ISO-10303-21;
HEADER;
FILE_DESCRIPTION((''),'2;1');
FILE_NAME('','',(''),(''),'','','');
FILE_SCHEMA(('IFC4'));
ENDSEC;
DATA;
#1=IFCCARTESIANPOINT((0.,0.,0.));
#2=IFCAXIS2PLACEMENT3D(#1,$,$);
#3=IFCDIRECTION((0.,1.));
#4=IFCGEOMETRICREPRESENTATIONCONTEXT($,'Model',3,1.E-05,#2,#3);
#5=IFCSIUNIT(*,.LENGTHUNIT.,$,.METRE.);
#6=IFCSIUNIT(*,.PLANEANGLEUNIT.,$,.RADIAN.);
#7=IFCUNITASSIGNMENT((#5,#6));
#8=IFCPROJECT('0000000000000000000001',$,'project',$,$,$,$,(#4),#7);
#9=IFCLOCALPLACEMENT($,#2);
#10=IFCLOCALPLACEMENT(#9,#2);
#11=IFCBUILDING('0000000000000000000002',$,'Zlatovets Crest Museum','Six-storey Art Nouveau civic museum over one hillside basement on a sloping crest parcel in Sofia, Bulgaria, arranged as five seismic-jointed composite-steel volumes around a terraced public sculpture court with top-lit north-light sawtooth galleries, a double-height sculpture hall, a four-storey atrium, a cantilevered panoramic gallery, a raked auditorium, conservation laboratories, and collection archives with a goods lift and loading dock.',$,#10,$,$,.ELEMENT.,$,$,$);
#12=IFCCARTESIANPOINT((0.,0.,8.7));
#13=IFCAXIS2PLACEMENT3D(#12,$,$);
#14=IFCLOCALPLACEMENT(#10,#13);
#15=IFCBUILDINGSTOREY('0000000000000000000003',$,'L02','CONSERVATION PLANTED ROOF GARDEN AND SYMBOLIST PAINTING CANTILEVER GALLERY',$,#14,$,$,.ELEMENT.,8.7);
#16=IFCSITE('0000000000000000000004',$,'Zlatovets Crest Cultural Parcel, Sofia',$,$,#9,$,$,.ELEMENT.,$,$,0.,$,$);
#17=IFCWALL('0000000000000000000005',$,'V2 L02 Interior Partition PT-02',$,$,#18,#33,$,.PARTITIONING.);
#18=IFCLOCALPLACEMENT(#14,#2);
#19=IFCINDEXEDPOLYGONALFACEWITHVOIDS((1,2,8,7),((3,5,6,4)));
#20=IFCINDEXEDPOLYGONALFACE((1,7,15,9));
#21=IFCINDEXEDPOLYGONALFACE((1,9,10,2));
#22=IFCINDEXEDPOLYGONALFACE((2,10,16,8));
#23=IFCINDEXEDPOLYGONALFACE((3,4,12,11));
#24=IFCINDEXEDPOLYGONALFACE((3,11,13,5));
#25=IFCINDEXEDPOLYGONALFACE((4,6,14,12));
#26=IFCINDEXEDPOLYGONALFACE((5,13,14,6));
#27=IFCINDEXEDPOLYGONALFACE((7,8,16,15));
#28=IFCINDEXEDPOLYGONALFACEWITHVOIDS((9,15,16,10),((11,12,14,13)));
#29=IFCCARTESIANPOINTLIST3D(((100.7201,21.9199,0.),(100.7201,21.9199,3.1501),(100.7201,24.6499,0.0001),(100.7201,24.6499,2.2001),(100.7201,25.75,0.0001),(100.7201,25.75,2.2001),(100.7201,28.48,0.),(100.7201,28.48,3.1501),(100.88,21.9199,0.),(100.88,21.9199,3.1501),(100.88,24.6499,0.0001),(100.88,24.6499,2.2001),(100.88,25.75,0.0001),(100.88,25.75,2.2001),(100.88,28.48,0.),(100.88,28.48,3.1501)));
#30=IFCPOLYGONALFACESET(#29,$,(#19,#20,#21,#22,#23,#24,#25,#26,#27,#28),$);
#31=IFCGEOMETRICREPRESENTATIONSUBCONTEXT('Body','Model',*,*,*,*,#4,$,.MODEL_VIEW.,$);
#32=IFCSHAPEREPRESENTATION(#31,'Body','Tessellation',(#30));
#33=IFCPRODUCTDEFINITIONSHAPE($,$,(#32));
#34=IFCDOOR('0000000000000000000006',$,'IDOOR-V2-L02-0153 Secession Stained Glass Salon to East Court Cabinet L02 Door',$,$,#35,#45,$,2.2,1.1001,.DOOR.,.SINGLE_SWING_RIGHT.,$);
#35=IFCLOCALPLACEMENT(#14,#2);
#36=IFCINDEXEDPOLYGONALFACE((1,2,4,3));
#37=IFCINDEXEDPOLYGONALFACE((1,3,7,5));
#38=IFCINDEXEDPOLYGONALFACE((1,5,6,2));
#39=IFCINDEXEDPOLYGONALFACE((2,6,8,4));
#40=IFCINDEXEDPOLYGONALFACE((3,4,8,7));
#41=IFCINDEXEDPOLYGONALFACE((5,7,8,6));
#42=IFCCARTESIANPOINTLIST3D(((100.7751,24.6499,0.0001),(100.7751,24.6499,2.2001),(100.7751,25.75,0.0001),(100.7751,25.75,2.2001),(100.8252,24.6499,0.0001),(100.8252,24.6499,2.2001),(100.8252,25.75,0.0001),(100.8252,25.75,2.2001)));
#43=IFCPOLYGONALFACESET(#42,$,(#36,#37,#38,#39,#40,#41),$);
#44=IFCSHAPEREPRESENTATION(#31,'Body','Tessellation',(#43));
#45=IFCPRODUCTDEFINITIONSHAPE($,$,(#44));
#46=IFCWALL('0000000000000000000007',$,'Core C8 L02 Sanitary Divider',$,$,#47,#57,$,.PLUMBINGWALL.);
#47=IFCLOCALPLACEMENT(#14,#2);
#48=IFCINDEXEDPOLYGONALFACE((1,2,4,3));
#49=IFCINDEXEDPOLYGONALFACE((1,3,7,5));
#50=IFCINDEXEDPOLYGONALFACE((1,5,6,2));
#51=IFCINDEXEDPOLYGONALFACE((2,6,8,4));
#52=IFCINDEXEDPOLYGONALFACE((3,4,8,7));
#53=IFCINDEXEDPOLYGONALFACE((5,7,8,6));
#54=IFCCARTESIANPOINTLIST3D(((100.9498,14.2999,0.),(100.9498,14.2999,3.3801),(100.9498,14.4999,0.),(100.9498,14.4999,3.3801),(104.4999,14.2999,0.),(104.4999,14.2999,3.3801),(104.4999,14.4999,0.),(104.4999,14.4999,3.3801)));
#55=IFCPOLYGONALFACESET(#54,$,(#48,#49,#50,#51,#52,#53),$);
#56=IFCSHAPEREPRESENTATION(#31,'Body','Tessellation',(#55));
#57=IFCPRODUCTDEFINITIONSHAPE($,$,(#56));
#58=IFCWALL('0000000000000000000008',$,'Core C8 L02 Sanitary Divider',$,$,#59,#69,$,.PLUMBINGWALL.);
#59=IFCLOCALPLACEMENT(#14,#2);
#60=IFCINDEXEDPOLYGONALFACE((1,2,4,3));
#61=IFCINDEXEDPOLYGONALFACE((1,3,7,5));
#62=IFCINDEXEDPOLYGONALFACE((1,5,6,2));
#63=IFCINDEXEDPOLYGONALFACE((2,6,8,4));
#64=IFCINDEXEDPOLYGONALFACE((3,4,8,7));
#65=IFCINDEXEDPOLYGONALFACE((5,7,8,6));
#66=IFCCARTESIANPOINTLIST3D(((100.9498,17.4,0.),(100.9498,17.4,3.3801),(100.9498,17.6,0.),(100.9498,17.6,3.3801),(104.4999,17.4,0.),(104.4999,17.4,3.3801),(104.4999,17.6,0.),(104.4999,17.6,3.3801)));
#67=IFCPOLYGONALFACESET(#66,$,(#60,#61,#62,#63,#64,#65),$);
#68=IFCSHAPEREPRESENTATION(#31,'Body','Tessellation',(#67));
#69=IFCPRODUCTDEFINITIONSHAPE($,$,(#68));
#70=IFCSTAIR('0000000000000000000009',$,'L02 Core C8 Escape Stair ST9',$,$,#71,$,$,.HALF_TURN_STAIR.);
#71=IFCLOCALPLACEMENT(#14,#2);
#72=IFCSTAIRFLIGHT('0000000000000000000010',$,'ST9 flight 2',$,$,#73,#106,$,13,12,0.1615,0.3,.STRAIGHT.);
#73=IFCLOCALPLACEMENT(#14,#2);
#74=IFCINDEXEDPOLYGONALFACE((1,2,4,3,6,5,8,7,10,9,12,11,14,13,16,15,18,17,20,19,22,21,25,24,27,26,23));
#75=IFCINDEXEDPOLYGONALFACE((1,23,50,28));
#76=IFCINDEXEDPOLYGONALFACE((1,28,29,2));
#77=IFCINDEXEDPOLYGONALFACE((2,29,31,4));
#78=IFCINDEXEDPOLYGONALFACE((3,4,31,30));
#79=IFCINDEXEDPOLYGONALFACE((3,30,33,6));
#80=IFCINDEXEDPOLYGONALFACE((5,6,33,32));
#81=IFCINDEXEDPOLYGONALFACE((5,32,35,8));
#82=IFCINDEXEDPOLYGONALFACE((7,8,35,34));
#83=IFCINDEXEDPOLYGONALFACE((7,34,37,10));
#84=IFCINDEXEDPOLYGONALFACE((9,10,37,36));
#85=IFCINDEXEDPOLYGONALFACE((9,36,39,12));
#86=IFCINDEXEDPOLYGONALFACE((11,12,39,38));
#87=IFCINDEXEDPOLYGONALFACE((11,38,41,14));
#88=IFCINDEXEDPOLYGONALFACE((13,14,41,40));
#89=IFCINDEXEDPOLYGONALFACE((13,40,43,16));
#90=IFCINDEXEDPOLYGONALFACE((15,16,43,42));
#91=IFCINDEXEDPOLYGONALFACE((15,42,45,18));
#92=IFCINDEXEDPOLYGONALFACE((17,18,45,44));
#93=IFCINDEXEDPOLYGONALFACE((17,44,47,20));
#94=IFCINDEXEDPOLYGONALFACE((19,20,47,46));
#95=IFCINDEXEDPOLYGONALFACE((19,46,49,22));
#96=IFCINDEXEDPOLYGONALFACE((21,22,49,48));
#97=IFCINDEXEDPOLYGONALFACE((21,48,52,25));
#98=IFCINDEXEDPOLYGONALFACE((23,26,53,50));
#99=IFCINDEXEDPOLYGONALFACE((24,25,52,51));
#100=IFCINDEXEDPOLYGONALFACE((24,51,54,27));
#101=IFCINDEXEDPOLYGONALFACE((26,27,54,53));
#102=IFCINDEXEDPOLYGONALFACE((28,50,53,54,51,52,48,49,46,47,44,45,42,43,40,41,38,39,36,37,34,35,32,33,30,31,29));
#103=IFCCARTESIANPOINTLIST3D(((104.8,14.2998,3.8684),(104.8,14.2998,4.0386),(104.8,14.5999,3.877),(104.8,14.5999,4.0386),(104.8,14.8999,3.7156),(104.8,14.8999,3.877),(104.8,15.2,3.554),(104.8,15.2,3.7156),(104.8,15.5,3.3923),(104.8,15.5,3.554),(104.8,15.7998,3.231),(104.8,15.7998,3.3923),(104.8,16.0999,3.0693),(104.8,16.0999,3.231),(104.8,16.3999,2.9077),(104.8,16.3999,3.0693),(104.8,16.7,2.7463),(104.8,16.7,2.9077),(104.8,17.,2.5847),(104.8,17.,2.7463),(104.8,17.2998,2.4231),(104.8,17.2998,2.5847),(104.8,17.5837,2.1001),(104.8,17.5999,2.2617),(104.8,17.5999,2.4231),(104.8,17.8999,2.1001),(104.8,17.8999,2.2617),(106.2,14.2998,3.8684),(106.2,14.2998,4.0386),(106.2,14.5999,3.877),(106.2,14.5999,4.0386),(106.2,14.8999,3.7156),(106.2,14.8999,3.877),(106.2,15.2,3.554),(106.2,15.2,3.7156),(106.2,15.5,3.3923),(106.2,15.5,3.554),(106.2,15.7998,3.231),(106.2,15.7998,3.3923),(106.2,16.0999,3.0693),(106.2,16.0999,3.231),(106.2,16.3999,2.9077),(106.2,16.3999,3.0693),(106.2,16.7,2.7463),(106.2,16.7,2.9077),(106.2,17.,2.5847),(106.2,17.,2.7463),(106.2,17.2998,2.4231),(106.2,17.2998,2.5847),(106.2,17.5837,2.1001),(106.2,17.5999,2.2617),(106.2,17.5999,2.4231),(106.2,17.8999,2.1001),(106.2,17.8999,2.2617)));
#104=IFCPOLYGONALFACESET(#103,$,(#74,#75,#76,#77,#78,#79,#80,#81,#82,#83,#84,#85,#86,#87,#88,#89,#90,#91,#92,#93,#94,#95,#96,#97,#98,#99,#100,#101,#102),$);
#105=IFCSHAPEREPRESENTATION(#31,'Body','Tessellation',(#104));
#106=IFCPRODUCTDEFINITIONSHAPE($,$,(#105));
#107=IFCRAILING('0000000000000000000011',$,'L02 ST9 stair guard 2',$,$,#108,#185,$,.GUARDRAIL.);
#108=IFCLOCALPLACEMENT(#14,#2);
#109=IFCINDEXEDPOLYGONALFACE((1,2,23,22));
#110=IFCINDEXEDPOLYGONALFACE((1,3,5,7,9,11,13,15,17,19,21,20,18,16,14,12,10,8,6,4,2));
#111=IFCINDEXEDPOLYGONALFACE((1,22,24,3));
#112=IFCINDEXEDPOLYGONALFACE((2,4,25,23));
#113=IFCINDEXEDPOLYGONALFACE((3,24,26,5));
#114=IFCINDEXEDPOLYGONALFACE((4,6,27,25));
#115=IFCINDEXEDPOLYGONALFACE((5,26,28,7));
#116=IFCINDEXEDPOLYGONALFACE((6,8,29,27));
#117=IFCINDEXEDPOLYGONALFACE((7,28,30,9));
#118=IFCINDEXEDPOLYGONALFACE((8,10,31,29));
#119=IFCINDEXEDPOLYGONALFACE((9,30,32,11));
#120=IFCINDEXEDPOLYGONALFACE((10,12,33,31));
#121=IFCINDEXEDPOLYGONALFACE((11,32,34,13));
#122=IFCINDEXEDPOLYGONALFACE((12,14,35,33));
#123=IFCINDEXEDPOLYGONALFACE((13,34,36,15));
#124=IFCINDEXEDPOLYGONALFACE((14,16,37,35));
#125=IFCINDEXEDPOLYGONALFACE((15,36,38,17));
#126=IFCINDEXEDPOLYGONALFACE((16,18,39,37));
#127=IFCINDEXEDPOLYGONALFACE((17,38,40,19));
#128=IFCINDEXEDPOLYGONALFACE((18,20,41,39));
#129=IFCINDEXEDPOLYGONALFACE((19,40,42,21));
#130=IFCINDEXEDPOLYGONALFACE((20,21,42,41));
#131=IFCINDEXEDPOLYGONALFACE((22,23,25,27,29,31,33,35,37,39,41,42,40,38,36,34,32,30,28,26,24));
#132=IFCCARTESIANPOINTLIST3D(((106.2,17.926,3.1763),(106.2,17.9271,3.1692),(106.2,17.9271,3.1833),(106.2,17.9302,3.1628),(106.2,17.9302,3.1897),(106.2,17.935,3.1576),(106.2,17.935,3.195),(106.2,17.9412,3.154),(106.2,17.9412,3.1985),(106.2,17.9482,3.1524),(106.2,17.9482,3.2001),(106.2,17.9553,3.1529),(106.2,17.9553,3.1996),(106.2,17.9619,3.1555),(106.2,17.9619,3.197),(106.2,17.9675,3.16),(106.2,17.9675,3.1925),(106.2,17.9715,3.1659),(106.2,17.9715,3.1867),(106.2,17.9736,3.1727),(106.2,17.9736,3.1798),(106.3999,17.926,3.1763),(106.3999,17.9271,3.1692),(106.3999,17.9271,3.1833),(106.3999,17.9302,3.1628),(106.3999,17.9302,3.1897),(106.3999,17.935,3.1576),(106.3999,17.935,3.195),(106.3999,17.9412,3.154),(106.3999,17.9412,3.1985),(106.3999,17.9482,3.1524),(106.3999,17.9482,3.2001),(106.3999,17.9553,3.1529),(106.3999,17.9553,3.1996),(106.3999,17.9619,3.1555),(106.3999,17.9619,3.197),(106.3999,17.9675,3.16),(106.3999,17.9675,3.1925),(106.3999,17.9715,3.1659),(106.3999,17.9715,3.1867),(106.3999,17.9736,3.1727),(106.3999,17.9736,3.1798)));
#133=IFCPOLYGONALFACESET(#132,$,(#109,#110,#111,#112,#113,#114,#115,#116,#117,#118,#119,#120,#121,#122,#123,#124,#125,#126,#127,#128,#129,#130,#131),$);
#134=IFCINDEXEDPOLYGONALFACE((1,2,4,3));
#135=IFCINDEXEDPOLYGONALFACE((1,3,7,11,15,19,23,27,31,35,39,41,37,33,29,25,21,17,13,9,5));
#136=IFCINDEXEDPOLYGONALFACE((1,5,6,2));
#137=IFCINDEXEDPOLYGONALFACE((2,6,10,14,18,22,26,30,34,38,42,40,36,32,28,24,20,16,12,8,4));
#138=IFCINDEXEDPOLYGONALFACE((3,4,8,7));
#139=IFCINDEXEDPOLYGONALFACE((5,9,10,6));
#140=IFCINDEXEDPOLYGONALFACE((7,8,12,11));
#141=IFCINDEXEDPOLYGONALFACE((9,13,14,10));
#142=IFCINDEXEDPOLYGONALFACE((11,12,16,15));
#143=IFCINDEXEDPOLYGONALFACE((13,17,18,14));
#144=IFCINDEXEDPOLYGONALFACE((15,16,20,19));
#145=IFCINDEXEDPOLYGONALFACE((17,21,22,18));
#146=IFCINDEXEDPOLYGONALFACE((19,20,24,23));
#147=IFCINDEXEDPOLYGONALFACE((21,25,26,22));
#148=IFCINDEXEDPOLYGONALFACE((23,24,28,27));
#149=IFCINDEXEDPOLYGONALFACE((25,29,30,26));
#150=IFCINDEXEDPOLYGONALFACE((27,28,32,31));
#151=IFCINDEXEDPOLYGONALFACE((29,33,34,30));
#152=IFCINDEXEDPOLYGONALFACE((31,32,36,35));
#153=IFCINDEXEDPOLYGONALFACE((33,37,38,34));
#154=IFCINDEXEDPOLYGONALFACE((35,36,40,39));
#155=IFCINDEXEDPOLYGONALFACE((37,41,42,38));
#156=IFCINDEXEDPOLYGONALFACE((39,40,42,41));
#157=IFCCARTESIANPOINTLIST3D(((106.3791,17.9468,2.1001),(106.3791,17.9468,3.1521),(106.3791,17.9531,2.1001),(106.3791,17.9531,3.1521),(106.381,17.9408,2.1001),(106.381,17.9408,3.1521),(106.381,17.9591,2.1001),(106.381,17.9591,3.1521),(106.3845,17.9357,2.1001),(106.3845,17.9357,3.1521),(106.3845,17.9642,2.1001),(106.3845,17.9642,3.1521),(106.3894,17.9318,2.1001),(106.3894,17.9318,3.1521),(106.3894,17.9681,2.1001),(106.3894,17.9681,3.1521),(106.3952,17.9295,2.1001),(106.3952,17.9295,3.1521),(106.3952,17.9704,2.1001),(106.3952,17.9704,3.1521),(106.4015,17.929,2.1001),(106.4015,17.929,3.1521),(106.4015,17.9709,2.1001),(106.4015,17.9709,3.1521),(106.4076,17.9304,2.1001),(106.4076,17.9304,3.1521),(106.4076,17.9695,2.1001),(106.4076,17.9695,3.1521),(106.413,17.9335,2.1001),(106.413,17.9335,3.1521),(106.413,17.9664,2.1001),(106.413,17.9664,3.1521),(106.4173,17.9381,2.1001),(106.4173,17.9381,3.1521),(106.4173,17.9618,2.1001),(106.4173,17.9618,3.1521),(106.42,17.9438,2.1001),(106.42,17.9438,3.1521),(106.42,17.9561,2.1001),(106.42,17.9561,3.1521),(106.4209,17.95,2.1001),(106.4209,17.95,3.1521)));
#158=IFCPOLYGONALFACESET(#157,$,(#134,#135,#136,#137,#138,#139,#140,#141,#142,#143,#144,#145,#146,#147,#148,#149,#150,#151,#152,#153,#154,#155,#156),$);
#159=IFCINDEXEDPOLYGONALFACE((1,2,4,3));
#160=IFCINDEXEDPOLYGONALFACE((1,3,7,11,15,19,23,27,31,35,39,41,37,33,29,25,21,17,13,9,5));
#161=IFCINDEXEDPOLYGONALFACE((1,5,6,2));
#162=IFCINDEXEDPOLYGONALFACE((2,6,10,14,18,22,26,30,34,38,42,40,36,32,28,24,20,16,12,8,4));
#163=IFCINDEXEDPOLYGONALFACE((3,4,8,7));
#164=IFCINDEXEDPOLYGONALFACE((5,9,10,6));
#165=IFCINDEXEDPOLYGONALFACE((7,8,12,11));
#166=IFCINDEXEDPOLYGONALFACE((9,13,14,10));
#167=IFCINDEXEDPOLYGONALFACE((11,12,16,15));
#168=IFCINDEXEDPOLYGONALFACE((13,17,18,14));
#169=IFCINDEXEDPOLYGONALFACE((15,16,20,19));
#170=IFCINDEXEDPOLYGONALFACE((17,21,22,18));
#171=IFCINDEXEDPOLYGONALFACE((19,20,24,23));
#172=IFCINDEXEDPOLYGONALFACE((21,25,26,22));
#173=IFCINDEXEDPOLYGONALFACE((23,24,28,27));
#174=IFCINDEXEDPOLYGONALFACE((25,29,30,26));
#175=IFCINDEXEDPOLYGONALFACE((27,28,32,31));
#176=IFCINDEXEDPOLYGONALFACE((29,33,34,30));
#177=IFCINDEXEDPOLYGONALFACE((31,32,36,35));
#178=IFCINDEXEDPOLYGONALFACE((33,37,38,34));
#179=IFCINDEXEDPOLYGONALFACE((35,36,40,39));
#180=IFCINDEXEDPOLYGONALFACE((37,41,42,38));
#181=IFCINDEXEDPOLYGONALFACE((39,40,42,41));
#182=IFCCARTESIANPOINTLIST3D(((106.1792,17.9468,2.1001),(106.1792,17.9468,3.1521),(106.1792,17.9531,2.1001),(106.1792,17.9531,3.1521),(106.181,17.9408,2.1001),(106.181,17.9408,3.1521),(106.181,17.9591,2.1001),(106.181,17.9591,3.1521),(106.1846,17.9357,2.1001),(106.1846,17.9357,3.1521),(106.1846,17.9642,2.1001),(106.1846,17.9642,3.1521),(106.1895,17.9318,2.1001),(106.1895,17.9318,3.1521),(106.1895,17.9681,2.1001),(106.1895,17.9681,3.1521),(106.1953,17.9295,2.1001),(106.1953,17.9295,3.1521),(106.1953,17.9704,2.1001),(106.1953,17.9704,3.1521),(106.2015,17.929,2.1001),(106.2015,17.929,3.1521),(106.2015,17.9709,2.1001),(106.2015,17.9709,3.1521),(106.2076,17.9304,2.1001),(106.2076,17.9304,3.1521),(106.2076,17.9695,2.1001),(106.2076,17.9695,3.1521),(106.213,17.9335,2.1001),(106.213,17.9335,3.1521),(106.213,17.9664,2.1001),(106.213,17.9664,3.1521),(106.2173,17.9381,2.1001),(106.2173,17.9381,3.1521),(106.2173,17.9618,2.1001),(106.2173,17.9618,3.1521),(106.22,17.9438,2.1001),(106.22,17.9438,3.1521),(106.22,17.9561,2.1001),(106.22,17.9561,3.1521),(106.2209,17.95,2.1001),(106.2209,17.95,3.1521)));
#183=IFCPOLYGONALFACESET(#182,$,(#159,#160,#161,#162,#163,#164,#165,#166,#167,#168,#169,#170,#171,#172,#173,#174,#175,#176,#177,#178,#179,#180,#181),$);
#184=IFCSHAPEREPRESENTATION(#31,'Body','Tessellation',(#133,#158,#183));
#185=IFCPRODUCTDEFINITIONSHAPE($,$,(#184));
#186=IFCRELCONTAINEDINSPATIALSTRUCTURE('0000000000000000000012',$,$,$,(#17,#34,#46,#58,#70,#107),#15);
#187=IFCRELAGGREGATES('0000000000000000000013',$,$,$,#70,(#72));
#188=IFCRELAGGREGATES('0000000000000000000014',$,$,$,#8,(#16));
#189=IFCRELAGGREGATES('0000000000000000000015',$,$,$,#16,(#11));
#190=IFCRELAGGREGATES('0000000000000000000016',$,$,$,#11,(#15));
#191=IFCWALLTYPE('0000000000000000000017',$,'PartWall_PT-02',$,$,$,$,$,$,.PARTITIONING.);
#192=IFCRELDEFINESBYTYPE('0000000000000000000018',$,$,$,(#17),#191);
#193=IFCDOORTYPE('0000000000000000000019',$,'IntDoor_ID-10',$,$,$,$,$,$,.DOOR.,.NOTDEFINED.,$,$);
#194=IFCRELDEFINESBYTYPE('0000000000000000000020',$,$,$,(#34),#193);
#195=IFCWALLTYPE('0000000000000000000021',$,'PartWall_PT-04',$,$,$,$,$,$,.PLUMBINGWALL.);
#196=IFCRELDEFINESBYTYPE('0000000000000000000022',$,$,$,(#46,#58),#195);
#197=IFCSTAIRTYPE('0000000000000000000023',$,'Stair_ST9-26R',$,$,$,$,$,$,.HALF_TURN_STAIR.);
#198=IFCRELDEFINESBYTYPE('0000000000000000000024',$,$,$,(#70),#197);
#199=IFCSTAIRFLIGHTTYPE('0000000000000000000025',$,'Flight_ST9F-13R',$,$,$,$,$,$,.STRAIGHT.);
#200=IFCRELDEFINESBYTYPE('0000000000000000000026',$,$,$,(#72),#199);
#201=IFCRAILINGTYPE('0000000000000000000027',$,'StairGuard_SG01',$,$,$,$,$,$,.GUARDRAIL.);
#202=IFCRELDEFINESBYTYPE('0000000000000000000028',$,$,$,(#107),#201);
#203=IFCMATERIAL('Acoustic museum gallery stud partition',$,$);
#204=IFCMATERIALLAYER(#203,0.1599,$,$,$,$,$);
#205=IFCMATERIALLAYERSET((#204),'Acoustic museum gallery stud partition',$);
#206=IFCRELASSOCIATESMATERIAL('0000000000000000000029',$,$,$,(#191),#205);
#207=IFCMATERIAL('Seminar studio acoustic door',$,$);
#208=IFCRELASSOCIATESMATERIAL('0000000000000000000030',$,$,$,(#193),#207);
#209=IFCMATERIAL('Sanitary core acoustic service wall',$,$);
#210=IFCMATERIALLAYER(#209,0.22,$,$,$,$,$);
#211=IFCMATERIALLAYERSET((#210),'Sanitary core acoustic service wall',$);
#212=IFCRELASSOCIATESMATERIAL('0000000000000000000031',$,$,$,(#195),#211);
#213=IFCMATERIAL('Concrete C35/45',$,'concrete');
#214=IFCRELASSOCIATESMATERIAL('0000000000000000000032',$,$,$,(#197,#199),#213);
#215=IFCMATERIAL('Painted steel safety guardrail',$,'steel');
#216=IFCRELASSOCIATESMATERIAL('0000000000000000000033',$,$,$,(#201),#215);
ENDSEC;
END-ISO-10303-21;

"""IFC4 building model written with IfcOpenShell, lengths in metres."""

from ifc_helpers import new_model, si_unit, direction, frame, frame_2d, origin, origin_2d, place, context, subcontext, project, spatial, polyline, rectangle, circle, outline, extrude, material, layer, layer_set, type_object, element, fill, aggregate, save


model = new_model("IFC4")

# Units and contexts
model_context = context("Model", 3, precision=1e-05, world=origin(), true_north=direction((0.0, 1.0)))
body_context = subcontext(model_context, "Body", "Model", "MODEL_VIEW")
ifc_project = project(units=[si_unit("LENGTHUNIT", "METRE"), si_unit("PLANEANGLEUNIT", "RADIAN")], contexts=[model_context])

# Site, building, storey
site_placement = place(None, origin())
site = spatial("IfcSite", under=ifc_project, at=site_placement, Name="Zlatovets Crest Cultural Parcel, Sofia", CompositionType="ELEMENT", RefElevation=0.0)
building_placement = place(site_placement, origin())
building = spatial("IfcBuilding", under=site, at=building_placement, Name="Zlatovets Crest Museum", Description="Six-storey Art Nouveau civic museum over one hillside basement on a sloping crest parcel in Sofia, Bulgaria, arranged as five seismic-jointed composite-steel volumes around a terraced public sculpture court with top-lit north-light sawtooth galleries, a double-height sculpture hall, a four-storey atrium, a cantilevered panoramic gallery, a raked auditorium, conservation laboratories, and collection archives with a goods lift and loading dock.", CompositionType="ELEMENT")
storey_placement = place(building_placement, frame((0.0, 0.0, 8.7)))
storey = spatial("IfcBuildingStorey", under=building, at=storey_placement, Name="L02", Description="CONSERVATION PLANTED ROOF GARDEN AND SYMBOLIST PAINTING CANTILEVER GALLERY", CompositionType="ELEMENT", Elevation=8.7)

# Shared definitions
ifc_material_1 = material(Name="Concrete C35/45", Category="concrete")

# Wall, opening, door
ifc_material_2 = material(Name="Acoustic museum gallery stud partition")
ifc_layer_1 = layer(ifc_material_2, 0.1599)
ifc_layer_set_1 = layer_set([ifc_layer_1], Name="Acoustic museum gallery stud partition")
wall_type_1 = type_object("IfcWallType", Name="PartWall_PT-02", PredefinedType="PARTITIONING", material=ifc_layer_set_1)
wall_1_placement = place(storey_placement, frame((100.8, 21.9199, 0.0), z_axis=(0.0, 0.0, 1.0), x_axis=(0.0, 1.0, 0.0)))
wall_1 = element("IfcWall", 1, at=wall_1_placement, inside=storey, type_object=wall_type_1, Name="V2 L02 Interior Partition PT-02", PredefinedType="PARTITIONING", context=body_context, shape_type="SweptSolid", body=[
    extrude(rectangle(XDim=6.5601, YDim=0.1599, at=frame_2d((3.28, 0.0))), origin(), (0.0, 0.0, 1.0), 3.1501),
])
opening_placement = place(wall_1_placement, frame((2.73, 0.0, 0.0)))
opening = element("IfcOpeningElement", 2, at=opening_placement, cuts=wall_1, PredefinedType="OPENING", context=body_context, shape_type="SweptSolid", body=[
    extrude(rectangle(XDim=1.1001, YDim=2.2, at=frame_2d((0.55, 1.1001))), frame((0.0, 0.0898, 0.0), z_axis=(0.0, -1.0, 0.0), x_axis=(1.0, 0.0, 0.0)), (0.0, 0.0, 1.0), 0.1799),
])
ifc_material_3 = material(Name="Seminar studio acoustic door")
door_type = type_object("IfcDoorType", Name="IntDoor_ID-10", OperationType="NOTDEFINED", PredefinedType="DOOR", material=ifc_material_3)
door_placement = place(opening_placement, origin())
door = element("IfcDoor", 3, at=door_placement, inside=storey, type_object=door_type, Name="IDOOR-V2-L02-0153 Secession Stained Glass Salon to East Court Cabinet L02 Door", OperationType="SINGLE_SWING_RIGHT", OverallHeight=2.2, OverallWidth=1.1001, PredefinedType="DOOR", context=body_context, shape_type="SweptSolid", body=[
    extrude(rectangle(XDim=1.1001, YDim=2.2, at=frame_2d((0.55, 1.1001))), frame((0.0, 0.0249, 0.0), z_axis=(0.0, -1.0, 0.0), x_axis=(1.0, 0.0, 0.0)), (0.0, 0.0, 1.0), 0.05),
])
fill(opening, door)

# Walls
ifc_material_4 = material(Name="Sanitary core acoustic service wall")
ifc_layer_2 = layer(ifc_material_4, 0.22)
ifc_layer_set_2 = layer_set([ifc_layer_2], Name="Sanitary core acoustic service wall")
wall_type_2 = type_object("IfcWallType", Name="PartWall_PT-04", PredefinedType="PLUMBINGWALL", material=ifc_layer_set_2)
for number, where, z_axis, x_axis, name in (
    (4, (100.95, 14.3999, 0.0), (0.0, 0.0, 1.0), (1.0, 0.0, 0.0), "Core C8 L02 Sanitary Divider"),
    (5, (100.95, 17.5, 0.0), (0.0, 0.0, 1.0), (1.0, 0.0, 0.0), "Core C8 L02 Sanitary Divider"),
):
    element("IfcWall", number, at=place(storey_placement, frame(where, z_axis=z_axis, x_axis=x_axis)), inside=storey, type_object=wall_type_2, Name=name, PredefinedType="PLUMBINGWALL", context=body_context, shape_type="SweptSolid", body=[
        extrude(rectangle(XDim=3.55, YDim=0.2, at=frame_2d((1.7749, 0.0))), origin(), (0.0, 0.0, 1.0), 3.3801),
    ])

# Stair, stair flight
stair_type = type_object("IfcStairType", Name="Stair_ST9-26R", PredefinedType="HALF_TURN_STAIR", material=ifc_material_1)
stair_placement = place(storey_placement, origin())
stair = element("IfcStair", 6, at=stair_placement, inside=storey, type_object=stair_type, Name="L02 Core C8 Escape Stair ST9", PredefinedType="HALF_TURN_STAIR")
stair_flight_type = type_object("IfcStairFlightType", Name="Flight_ST9F-13R", PredefinedType="STRAIGHT", material=ifc_material_1)
stair_flight_placement = place(storey_placement, frame((105.5, 17.8999, 2.1001), z_axis=(0.0, 0.0, 1.0), x_axis=(0.0, -1.0, 0.0)))
stair_flight = element("IfcStairFlight", 7, at=stair_flight_placement, type_object=stair_flight_type, Name="ST9 flight 2", NumberOfRisers=13, NumberOfTreads=12, PredefinedType="STRAIGHT", RiserHeight=0.1615, TreadLength=0.3, context=body_context, shape_type="SweptSolid", body=[
    extrude(outline(polyline([(0.0, 0.0), (0.0, 0.1616), (0.3, 0.1616), (0.3, 0.323), (0.6001, 0.323), (0.6001, 0.4846), (0.8999, 0.4846), (0.8999, 0.6462), (1.2, 0.6462), (1.2, 0.8076), (1.5, 0.8076), (1.5, 0.9692), (1.8, 0.9692), (1.8, 1.1309), (2.1001, 1.1309), (2.1001, 1.2922), (2.3999, 1.2922), (2.3999, 1.4539), (2.7, 1.4539), (2.7, 1.6155), (3.0, 1.6155), (3.0, 1.7769), (3.3, 1.7769), (3.3, 1.9385), (3.6001, 1.9385), (3.6001, 2.1001), (3.6001, 1.7683), (0.3162, 0.0), (0.0, 0.0)])), frame((0.0, 0.7, 0.0), z_axis=(0.0, -1.0, 0.0), x_axis=(1.0, 0.0, 0.0)), (0.0, 0.0, 1.0), 1.3999),
])
aggregate(stair, [stair_flight])

# Railing
ifc_material_5 = material(Name="Painted steel safety guardrail", Category="steel")
railing_type_1 = type_object("IfcRailingType", Name="StairGuard_SG01", PredefinedType="GUARDRAIL", material=ifc_material_5)
railing_1_placement = place(storey_placement, frame((106.3999, 17.95, 2.1001)))
element("IfcRailing", 8, at=railing_1_placement, inside=storey, type_object=railing_type_1, Name="L02 ST9 stair guard 2", PredefinedType="GUARDRAIL", context=body_context, shape_type="SweptSolid", body=[
    extrude(circle(Radius=0.0239, at=origin_2d()), frame((0.0, 0.0, 1.0762), z_axis=(-1.0, 0.0, 0.0), x_axis=(0.0, -1.0, 0.0)), (0.0, 0.0, 1.0), 0.2),
    extrude(circle(Radius=0.021, at=origin_2d()), origin(), (0.0, 0.0, 1.0), 1.052),
    extrude(circle(Radius=0.021, at=origin_2d()), frame((-0.2, 0.0, 0.0)), (0.0, 0.0, 1.0), 1.052),
])

save(model, "model.ifc")
